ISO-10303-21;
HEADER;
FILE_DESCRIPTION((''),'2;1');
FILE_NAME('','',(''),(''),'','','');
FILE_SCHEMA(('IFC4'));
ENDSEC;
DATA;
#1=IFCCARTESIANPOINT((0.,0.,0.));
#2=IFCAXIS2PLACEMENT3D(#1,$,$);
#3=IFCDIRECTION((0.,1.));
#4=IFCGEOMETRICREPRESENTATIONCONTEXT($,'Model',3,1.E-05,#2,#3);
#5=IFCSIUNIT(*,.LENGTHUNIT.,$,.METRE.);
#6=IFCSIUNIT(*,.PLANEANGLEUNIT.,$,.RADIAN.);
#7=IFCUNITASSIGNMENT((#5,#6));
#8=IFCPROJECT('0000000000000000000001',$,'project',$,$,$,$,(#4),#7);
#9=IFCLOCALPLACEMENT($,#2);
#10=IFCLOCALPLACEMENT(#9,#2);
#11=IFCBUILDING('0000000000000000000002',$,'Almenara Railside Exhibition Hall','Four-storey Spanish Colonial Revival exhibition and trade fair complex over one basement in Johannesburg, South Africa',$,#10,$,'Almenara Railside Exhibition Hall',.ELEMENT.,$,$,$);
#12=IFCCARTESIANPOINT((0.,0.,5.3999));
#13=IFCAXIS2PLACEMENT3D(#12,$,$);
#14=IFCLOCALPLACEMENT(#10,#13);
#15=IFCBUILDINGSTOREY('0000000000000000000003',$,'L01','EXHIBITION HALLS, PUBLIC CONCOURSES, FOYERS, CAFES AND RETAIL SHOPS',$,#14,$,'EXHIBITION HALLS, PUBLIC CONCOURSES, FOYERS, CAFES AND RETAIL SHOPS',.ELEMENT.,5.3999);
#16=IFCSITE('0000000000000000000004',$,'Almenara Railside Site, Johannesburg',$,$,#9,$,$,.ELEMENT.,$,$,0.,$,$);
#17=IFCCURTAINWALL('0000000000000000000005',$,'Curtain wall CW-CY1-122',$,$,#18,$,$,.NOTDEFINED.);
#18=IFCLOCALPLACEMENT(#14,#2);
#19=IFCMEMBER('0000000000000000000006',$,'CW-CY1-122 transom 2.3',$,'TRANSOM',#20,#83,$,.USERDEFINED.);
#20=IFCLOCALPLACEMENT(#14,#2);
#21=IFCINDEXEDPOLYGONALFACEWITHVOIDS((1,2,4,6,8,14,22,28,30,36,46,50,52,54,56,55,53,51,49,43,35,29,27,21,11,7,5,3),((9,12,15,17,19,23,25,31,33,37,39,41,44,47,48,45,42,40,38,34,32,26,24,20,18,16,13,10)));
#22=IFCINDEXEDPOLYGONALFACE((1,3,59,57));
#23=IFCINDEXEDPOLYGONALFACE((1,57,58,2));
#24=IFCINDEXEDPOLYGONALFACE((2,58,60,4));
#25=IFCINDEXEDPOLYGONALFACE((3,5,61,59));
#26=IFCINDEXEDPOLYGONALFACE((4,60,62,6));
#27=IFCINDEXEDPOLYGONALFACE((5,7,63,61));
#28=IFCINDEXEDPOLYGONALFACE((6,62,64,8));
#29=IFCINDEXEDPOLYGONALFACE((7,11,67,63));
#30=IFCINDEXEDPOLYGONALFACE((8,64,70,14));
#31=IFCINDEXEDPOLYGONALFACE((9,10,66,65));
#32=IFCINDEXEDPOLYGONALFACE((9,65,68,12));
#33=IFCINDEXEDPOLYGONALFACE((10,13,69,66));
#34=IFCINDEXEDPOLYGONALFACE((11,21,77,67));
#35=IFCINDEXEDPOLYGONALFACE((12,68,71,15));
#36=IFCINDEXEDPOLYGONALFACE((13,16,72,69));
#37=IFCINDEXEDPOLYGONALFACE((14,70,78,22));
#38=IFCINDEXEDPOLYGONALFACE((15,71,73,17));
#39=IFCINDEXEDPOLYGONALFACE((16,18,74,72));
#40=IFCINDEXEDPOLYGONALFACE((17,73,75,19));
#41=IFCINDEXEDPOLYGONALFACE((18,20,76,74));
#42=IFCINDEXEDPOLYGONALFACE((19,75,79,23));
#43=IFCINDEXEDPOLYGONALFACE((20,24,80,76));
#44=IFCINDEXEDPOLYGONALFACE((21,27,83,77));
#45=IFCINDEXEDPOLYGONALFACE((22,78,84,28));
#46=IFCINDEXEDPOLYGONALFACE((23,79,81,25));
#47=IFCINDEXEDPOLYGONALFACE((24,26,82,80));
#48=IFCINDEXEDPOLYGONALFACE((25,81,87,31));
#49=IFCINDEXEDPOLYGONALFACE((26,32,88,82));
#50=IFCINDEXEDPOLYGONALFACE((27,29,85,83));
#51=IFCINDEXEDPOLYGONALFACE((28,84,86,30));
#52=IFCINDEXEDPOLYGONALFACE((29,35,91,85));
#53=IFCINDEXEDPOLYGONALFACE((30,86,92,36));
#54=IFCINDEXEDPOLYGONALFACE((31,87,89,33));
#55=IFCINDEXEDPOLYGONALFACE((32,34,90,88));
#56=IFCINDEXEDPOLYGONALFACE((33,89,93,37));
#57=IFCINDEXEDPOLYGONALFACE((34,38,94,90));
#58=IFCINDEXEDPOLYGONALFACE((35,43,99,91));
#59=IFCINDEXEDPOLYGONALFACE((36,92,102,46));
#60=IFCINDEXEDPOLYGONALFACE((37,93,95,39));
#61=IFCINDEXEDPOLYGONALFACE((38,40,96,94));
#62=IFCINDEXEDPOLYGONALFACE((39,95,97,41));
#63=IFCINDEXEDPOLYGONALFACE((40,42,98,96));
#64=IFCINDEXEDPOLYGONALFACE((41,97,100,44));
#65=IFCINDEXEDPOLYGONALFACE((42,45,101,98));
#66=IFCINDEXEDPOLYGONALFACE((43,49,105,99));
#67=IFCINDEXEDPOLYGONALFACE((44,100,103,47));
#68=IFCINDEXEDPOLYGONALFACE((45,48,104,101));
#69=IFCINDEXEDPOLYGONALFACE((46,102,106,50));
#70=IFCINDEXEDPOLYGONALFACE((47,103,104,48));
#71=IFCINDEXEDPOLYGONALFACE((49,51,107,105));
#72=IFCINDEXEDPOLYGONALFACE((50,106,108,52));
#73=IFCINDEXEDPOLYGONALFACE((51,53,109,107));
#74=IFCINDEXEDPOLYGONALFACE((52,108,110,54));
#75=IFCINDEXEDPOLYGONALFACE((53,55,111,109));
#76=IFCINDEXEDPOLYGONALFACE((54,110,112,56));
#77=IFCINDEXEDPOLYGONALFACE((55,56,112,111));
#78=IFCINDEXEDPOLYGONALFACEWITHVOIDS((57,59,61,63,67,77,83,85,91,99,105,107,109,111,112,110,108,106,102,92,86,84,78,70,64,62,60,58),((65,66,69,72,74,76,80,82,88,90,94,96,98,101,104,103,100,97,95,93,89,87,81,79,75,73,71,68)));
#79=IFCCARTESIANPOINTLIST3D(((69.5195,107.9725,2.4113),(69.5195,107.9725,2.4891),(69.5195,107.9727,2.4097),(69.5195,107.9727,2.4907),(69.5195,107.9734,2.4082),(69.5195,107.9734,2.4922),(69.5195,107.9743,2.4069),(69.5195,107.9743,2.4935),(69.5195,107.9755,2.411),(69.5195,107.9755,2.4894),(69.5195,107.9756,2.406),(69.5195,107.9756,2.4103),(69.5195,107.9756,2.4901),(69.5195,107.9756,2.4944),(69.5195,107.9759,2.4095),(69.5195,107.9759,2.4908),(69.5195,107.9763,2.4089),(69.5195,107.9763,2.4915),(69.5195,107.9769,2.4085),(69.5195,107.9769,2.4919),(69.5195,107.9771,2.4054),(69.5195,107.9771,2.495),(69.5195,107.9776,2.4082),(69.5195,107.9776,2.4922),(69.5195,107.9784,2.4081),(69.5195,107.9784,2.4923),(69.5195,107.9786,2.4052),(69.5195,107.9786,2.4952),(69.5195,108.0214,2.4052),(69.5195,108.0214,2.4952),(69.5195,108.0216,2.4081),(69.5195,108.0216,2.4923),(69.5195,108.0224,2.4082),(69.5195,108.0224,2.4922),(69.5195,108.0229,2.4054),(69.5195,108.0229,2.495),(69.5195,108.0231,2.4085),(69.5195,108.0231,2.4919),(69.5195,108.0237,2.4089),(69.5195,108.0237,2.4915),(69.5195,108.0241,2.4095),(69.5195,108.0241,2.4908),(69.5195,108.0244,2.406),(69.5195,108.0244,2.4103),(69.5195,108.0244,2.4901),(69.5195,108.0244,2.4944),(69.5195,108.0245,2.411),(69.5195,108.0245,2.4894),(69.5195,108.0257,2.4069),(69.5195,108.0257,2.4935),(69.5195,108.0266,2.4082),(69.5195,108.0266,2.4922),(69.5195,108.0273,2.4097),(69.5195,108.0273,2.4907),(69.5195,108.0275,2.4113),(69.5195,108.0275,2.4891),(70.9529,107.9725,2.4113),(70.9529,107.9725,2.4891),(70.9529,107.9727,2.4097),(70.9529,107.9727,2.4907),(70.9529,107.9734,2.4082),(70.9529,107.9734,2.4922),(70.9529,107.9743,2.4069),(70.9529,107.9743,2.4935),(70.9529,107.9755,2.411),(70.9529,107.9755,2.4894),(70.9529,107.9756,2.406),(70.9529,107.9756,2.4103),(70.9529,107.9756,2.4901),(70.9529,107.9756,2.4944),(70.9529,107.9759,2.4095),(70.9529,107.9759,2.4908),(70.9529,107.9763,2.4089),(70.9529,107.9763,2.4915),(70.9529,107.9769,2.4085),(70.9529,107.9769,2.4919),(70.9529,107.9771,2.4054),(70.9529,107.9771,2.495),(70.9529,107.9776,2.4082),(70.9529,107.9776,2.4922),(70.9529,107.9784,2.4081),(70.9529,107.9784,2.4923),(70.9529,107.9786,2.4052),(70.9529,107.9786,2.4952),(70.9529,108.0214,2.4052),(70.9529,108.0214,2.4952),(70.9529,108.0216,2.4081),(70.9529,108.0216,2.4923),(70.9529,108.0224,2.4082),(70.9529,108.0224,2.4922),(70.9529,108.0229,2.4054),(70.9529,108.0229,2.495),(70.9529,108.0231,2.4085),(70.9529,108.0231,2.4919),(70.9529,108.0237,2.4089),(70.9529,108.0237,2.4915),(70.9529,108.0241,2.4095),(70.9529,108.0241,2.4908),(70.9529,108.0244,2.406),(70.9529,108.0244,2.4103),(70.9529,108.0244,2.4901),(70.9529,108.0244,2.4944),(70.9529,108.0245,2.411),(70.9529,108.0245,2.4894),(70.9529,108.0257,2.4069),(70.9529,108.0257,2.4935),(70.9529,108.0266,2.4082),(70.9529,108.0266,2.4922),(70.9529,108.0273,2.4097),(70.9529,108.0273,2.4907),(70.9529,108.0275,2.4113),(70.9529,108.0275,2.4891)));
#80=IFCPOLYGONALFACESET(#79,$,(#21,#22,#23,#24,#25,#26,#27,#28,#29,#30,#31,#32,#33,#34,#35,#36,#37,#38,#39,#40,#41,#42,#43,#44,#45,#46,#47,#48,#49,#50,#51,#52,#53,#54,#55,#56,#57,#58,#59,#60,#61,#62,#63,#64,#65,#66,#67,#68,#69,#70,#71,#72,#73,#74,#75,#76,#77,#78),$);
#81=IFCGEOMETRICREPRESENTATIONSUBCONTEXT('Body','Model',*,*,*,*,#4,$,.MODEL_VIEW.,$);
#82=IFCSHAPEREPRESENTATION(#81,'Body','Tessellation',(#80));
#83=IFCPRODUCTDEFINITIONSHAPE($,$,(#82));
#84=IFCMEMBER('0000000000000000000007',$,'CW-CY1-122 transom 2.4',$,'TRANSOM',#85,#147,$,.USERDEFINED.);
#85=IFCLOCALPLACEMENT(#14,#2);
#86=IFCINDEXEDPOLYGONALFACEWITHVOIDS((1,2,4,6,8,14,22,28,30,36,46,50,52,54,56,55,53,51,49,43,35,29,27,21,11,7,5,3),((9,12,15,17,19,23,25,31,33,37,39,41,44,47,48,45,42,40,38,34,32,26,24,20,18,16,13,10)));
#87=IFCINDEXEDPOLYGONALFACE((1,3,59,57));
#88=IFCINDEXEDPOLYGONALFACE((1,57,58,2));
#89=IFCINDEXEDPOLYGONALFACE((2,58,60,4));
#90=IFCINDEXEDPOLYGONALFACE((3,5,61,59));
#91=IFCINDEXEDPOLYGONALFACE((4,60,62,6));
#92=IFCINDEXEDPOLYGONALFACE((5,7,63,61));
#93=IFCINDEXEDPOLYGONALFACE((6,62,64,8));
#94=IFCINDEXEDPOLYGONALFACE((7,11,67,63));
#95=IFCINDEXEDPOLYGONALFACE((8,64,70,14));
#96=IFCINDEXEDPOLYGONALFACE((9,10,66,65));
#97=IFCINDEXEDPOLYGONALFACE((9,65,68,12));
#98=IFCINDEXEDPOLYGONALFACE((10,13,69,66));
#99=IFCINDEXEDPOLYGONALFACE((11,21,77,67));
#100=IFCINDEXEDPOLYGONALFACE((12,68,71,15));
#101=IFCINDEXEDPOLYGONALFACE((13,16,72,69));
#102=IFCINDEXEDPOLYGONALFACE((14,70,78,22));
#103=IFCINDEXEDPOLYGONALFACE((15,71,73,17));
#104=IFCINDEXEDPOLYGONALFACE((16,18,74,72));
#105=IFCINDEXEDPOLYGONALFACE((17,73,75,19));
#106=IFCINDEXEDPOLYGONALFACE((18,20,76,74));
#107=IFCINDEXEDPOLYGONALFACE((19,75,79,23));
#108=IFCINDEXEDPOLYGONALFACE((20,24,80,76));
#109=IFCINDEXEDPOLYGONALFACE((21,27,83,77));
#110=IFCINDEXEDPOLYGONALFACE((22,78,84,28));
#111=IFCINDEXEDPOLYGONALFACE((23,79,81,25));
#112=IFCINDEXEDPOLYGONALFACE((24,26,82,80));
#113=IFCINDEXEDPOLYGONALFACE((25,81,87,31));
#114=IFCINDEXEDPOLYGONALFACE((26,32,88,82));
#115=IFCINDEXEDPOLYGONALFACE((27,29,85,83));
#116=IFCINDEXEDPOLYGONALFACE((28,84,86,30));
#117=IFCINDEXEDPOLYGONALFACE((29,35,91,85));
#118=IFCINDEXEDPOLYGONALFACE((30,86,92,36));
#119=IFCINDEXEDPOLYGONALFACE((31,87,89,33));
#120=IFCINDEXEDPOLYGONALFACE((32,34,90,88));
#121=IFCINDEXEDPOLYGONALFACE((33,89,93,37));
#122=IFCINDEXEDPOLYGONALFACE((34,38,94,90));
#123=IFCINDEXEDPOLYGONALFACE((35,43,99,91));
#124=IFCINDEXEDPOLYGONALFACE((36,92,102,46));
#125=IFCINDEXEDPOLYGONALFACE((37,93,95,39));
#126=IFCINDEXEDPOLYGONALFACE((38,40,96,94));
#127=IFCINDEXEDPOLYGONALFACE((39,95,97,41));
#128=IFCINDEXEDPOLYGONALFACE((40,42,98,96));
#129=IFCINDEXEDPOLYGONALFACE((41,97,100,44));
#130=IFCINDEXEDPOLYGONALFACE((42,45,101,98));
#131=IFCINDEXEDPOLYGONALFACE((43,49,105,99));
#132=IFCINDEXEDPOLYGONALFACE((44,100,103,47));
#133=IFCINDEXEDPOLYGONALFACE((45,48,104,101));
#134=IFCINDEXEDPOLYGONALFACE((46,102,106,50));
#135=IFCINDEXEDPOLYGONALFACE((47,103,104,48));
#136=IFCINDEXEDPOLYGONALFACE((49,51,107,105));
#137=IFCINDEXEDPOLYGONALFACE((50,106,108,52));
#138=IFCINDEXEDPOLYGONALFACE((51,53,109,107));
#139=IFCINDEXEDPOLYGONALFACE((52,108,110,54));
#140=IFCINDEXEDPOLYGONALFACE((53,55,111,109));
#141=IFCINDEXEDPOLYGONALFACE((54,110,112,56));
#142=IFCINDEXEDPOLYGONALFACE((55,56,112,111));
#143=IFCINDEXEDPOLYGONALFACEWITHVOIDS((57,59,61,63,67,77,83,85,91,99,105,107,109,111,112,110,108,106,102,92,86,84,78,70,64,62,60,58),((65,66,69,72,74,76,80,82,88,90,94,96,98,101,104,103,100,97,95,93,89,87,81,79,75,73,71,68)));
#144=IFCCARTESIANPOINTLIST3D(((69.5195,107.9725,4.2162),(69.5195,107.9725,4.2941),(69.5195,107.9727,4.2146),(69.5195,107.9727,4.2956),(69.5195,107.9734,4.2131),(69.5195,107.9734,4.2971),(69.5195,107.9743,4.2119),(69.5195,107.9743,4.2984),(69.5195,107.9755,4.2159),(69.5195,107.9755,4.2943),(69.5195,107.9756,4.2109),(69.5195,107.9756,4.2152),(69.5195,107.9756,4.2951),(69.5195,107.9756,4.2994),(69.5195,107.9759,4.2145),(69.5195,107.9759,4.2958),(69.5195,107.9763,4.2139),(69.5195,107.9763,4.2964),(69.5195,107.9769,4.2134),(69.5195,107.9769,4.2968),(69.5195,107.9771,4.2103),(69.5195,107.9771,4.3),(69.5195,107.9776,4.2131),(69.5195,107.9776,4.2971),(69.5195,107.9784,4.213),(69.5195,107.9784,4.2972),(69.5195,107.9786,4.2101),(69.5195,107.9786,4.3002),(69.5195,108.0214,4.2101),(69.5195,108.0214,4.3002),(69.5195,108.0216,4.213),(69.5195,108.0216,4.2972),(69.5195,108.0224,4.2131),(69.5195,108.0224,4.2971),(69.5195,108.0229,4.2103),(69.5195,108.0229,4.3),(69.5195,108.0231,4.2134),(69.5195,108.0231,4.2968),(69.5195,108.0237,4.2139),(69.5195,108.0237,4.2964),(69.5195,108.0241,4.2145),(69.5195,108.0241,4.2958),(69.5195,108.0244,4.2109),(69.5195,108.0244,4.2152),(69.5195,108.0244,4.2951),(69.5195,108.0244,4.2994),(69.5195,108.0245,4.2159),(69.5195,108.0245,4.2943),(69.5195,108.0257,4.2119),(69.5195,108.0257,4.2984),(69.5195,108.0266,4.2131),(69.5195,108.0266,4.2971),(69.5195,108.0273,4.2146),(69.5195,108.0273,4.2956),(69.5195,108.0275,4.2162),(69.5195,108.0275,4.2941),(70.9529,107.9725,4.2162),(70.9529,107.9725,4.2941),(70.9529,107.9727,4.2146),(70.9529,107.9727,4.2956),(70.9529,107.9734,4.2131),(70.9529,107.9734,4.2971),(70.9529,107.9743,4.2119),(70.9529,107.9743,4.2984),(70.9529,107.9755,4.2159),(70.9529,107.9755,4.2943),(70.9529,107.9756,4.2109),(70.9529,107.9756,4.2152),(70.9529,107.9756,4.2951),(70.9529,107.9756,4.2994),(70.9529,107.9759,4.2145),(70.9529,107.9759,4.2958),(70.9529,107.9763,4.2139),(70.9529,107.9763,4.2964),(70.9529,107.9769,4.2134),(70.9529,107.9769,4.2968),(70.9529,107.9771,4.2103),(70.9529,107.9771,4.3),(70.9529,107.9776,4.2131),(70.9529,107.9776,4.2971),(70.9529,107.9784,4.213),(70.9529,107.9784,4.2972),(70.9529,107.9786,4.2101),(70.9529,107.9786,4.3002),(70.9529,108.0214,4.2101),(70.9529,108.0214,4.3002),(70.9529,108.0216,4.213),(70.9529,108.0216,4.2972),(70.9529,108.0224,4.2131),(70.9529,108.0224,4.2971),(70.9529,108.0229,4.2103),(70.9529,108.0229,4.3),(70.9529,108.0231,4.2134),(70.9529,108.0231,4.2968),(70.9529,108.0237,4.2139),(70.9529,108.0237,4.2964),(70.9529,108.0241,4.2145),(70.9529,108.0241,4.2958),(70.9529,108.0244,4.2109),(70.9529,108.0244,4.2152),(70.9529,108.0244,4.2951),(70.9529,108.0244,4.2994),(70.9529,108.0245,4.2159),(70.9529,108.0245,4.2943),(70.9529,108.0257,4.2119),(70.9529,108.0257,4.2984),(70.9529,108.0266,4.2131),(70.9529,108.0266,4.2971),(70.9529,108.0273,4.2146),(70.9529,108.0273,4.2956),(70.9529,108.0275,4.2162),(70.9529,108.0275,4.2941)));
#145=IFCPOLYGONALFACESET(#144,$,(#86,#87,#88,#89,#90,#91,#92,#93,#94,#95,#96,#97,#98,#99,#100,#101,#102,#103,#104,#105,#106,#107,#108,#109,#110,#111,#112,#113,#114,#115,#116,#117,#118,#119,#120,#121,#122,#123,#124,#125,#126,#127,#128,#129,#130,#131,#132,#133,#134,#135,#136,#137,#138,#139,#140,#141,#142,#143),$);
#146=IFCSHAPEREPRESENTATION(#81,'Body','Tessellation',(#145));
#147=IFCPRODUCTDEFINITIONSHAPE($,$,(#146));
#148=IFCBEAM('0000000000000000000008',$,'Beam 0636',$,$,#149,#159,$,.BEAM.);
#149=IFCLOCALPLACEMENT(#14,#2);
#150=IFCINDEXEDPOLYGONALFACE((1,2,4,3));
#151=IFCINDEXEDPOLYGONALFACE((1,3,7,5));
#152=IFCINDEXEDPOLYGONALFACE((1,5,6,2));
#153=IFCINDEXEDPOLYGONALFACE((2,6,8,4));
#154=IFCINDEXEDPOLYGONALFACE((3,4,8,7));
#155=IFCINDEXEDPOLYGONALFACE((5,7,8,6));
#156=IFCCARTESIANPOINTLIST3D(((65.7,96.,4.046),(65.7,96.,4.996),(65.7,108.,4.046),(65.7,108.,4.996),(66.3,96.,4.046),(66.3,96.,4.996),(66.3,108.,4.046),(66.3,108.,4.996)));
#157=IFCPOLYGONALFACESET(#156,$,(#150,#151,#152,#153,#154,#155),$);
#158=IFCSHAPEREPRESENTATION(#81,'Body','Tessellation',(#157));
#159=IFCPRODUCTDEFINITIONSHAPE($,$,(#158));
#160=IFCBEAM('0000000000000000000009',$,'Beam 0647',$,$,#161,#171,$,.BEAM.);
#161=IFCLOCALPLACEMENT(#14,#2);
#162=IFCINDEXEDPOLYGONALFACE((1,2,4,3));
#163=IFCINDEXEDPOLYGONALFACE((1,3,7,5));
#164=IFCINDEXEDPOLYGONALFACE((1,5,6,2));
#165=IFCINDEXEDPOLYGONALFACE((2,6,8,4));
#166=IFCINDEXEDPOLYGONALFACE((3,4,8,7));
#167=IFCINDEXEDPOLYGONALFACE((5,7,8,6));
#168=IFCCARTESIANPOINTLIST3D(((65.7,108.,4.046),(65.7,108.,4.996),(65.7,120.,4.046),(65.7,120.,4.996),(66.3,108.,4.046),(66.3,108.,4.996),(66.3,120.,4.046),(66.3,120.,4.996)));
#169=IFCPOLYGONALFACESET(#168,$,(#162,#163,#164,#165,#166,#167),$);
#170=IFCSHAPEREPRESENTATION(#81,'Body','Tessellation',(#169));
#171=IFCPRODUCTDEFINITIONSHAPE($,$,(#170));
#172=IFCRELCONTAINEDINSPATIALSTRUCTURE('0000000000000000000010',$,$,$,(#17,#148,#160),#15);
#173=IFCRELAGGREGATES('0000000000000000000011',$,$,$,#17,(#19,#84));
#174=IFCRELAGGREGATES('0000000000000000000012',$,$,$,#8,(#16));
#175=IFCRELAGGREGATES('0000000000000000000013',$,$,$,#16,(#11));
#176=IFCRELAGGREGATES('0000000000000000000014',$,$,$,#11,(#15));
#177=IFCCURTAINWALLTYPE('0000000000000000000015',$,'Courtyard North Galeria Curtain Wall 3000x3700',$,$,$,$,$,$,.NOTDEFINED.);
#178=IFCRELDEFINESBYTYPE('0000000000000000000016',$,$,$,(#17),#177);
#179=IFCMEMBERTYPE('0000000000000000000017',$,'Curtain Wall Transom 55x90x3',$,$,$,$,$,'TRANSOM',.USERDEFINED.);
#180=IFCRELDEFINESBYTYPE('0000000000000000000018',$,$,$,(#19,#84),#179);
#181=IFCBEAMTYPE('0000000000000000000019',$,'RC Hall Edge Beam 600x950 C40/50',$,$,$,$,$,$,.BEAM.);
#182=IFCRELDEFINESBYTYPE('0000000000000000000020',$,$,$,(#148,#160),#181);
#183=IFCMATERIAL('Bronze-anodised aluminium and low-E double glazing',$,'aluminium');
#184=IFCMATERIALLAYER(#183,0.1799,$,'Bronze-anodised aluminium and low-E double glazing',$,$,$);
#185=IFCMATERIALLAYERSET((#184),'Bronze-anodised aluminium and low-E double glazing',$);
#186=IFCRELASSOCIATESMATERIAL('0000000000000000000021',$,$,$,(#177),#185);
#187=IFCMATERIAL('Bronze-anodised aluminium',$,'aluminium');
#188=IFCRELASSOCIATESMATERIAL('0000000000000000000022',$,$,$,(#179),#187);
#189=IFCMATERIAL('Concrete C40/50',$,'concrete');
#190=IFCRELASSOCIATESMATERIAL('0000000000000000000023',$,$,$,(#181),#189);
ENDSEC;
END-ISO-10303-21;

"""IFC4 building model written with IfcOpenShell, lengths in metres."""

from ifc_helpers import new_model, si_unit, direction, frame, origin, origin_2d, place, context, subcontext, project, spatial, rectangle, hollow_rectangle, extrude, material, layer, layer_set, material_profile, profile_set, type_object, element, aggregate, save


model = new_model("IFC4")

# Units and contexts
model_context = context("Model", 3, precision=1e-05, world=origin(), true_north=direction((0.0, 1.0)))
body_context = subcontext(model_context, "Body", "Model", "MODEL_VIEW")
ifc_project = project(units=[si_unit("LENGTHUNIT", "METRE"), si_unit("PLANEANGLEUNIT", "RADIAN")], contexts=[model_context])

# Site, building, storey
site_placement = place(None, origin())
site = spatial("IfcSite", under=ifc_project, at=site_placement, Name="Almenara Railside Site, Johannesburg", CompositionType="ELEMENT", RefElevation=0.0)
building_placement = place(site_placement, origin())
building = spatial("IfcBuilding", under=site, at=building_placement, Name="Almenara Railside Exhibition Hall", Description="Four-storey Spanish Colonial Revival exhibition and trade fair complex over one basement in Johannesburg, South Africa", LongName="Almenara Railside Exhibition Hall", CompositionType="ELEMENT")
storey_placement = place(building_placement, frame((0.0, 0.0, 5.3999)))
storey = spatial("IfcBuildingStorey", under=building, at=storey_placement, Name="L01", Description="EXHIBITION HALLS, PUBLIC CONCOURSES, FOYERS, CAFES AND RETAIL SHOPS", LongName="EXHIBITION HALLS, PUBLIC CONCOURSES, FOYERS, CAFES AND RETAIL SHOPS", CompositionType="ELEMENT", Elevation=5.3999)

# Shared definitions
ifc_material_1 = material(Name="Concrete C40/50", Category="concrete")

# Curtain wall, members
ifc_material_2 = material(Name="Bronze-anodised aluminium and low-E double glazing", Category="aluminium")
ifc_layer_1 = layer(ifc_material_2, 0.1799, Name="Bronze-anodised aluminium and low-E double glazing")
ifc_layer_set_1 = layer_set([ifc_layer_1], Name="Bronze-anodised aluminium and low-E double glazing")
curtain_wall_type = type_object("IfcCurtainWallType", Name="Courtyard North Galeria Curtain Wall 3000x3700", PredefinedType="NOTDEFINED", material=ifc_layer_set_1)
curtain_wall_placement = place(storey_placement, origin())
curtain_wall = element("IfcCurtainWall", 1, at=curtain_wall_placement, inside=storey, type_object=curtain_wall_type, Name="Curtain wall CW-CY1-122", PredefinedType="NOTDEFINED")
ifc_material_3 = material(Name="Bronze-anodised aluminium", Category="aluminium")
ifc_material_profile_1 = material_profile(ifc_material_3, hollow_rectangle(XDim=0.0549, YDim=0.0901, WallThickness=0.0029, InnerFilletRadius=0.0029, OuterFilletRadius=0.0061, at=origin_2d()), Name="ALU-TRN 55x90x3")
ifc_profile_set_1 = profile_set([ifc_material_profile_1], Name="Bronze-anodised aluminium")
member_type_1 = type_object("IfcMemberType", Name="Curtain Wall Transom 55x90x3", ElementType="TRANSOM", PredefinedType="USERDEFINED", material=ifc_profile_set_1)
member_1_placement = place(storey_placement, frame((69.5195, 108.0, 2.4502), z_axis=(1.0, 0.0, 0.0), x_axis=(0.0, 1.0, 0.0)))
member_1 = element("IfcMember", 2, at=member_1_placement, type_object=member_type_1, Name="CW-CY1-122 transom 2.3", ObjectType="TRANSOM", PredefinedType="USERDEFINED", context=body_context, shape_type="SweptSolid", body=[
    extrude(hollow_rectangle(XDim=0.0549, YDim=0.0901, WallThickness=0.0029, InnerFilletRadius=0.0029, OuterFilletRadius=0.0061, at=origin_2d()), origin(), (0.0, 0.0, 1.0), 1.4333),
])
member_2_placement = place(storey_placement, frame((69.5195, 108.0, 4.2551), z_axis=(1.0, 0.0, 0.0), x_axis=(0.0, 1.0, 0.0)))
member_2 = element("IfcMember", 3, at=member_2_placement, type_object=member_type_1, Name="CW-CY1-122 transom 2.4", ObjectType="TRANSOM", PredefinedType="USERDEFINED", context=body_context, shape_type="SweptSolid", body=[
    extrude(hollow_rectangle(XDim=0.0549, YDim=0.0901, WallThickness=0.0029, InnerFilletRadius=0.0029, OuterFilletRadius=0.0061, at=origin_2d()), origin(), (0.0, 0.0, 1.0), 1.4333),
])

# Beams
ifc_material_profile_2 = material_profile(ifc_material_1, rectangle(XDim=0.6001, YDim=0.95, at=origin_2d()), Name="RC 600x950")
ifc_profile_set_2 = profile_set([ifc_material_profile_2], Name="Concrete C40/50")
beam_type_1 = type_object("IfcBeamType", Name="RC Hall Edge Beam 600x950 C40/50", PredefinedType="BEAM", material=ifc_profile_set_2)
for number, where, z_axis, x_axis, name in (
    (4, (66.0, 96.0, 4.521), (0.0, 1.0, 0.0), (-1.0, 0.0, 0.0), "Beam 0636"),
    (5, (66.0, 108.0, 4.521), (0.0, 1.0, 0.0), (-1.0, 0.0, 0.0), "Beam 0647"),
):
    element("IfcBeam", number, at=place(storey_placement, frame(where, z_axis=z_axis, x_axis=x_axis)), inside=storey, type_object=beam_type_1, Name=name, PredefinedType="BEAM", context=body_context, shape_type="SweptSolid", body=[
        extrude(rectangle(XDim=0.6001, YDim=0.95, at=origin_2d()), origin(), (0.0, 0.0, 1.0), 12.0),
    ])

aggregate(curtain_wall, [member_1, member_2])

save(model, "model.ifc")
